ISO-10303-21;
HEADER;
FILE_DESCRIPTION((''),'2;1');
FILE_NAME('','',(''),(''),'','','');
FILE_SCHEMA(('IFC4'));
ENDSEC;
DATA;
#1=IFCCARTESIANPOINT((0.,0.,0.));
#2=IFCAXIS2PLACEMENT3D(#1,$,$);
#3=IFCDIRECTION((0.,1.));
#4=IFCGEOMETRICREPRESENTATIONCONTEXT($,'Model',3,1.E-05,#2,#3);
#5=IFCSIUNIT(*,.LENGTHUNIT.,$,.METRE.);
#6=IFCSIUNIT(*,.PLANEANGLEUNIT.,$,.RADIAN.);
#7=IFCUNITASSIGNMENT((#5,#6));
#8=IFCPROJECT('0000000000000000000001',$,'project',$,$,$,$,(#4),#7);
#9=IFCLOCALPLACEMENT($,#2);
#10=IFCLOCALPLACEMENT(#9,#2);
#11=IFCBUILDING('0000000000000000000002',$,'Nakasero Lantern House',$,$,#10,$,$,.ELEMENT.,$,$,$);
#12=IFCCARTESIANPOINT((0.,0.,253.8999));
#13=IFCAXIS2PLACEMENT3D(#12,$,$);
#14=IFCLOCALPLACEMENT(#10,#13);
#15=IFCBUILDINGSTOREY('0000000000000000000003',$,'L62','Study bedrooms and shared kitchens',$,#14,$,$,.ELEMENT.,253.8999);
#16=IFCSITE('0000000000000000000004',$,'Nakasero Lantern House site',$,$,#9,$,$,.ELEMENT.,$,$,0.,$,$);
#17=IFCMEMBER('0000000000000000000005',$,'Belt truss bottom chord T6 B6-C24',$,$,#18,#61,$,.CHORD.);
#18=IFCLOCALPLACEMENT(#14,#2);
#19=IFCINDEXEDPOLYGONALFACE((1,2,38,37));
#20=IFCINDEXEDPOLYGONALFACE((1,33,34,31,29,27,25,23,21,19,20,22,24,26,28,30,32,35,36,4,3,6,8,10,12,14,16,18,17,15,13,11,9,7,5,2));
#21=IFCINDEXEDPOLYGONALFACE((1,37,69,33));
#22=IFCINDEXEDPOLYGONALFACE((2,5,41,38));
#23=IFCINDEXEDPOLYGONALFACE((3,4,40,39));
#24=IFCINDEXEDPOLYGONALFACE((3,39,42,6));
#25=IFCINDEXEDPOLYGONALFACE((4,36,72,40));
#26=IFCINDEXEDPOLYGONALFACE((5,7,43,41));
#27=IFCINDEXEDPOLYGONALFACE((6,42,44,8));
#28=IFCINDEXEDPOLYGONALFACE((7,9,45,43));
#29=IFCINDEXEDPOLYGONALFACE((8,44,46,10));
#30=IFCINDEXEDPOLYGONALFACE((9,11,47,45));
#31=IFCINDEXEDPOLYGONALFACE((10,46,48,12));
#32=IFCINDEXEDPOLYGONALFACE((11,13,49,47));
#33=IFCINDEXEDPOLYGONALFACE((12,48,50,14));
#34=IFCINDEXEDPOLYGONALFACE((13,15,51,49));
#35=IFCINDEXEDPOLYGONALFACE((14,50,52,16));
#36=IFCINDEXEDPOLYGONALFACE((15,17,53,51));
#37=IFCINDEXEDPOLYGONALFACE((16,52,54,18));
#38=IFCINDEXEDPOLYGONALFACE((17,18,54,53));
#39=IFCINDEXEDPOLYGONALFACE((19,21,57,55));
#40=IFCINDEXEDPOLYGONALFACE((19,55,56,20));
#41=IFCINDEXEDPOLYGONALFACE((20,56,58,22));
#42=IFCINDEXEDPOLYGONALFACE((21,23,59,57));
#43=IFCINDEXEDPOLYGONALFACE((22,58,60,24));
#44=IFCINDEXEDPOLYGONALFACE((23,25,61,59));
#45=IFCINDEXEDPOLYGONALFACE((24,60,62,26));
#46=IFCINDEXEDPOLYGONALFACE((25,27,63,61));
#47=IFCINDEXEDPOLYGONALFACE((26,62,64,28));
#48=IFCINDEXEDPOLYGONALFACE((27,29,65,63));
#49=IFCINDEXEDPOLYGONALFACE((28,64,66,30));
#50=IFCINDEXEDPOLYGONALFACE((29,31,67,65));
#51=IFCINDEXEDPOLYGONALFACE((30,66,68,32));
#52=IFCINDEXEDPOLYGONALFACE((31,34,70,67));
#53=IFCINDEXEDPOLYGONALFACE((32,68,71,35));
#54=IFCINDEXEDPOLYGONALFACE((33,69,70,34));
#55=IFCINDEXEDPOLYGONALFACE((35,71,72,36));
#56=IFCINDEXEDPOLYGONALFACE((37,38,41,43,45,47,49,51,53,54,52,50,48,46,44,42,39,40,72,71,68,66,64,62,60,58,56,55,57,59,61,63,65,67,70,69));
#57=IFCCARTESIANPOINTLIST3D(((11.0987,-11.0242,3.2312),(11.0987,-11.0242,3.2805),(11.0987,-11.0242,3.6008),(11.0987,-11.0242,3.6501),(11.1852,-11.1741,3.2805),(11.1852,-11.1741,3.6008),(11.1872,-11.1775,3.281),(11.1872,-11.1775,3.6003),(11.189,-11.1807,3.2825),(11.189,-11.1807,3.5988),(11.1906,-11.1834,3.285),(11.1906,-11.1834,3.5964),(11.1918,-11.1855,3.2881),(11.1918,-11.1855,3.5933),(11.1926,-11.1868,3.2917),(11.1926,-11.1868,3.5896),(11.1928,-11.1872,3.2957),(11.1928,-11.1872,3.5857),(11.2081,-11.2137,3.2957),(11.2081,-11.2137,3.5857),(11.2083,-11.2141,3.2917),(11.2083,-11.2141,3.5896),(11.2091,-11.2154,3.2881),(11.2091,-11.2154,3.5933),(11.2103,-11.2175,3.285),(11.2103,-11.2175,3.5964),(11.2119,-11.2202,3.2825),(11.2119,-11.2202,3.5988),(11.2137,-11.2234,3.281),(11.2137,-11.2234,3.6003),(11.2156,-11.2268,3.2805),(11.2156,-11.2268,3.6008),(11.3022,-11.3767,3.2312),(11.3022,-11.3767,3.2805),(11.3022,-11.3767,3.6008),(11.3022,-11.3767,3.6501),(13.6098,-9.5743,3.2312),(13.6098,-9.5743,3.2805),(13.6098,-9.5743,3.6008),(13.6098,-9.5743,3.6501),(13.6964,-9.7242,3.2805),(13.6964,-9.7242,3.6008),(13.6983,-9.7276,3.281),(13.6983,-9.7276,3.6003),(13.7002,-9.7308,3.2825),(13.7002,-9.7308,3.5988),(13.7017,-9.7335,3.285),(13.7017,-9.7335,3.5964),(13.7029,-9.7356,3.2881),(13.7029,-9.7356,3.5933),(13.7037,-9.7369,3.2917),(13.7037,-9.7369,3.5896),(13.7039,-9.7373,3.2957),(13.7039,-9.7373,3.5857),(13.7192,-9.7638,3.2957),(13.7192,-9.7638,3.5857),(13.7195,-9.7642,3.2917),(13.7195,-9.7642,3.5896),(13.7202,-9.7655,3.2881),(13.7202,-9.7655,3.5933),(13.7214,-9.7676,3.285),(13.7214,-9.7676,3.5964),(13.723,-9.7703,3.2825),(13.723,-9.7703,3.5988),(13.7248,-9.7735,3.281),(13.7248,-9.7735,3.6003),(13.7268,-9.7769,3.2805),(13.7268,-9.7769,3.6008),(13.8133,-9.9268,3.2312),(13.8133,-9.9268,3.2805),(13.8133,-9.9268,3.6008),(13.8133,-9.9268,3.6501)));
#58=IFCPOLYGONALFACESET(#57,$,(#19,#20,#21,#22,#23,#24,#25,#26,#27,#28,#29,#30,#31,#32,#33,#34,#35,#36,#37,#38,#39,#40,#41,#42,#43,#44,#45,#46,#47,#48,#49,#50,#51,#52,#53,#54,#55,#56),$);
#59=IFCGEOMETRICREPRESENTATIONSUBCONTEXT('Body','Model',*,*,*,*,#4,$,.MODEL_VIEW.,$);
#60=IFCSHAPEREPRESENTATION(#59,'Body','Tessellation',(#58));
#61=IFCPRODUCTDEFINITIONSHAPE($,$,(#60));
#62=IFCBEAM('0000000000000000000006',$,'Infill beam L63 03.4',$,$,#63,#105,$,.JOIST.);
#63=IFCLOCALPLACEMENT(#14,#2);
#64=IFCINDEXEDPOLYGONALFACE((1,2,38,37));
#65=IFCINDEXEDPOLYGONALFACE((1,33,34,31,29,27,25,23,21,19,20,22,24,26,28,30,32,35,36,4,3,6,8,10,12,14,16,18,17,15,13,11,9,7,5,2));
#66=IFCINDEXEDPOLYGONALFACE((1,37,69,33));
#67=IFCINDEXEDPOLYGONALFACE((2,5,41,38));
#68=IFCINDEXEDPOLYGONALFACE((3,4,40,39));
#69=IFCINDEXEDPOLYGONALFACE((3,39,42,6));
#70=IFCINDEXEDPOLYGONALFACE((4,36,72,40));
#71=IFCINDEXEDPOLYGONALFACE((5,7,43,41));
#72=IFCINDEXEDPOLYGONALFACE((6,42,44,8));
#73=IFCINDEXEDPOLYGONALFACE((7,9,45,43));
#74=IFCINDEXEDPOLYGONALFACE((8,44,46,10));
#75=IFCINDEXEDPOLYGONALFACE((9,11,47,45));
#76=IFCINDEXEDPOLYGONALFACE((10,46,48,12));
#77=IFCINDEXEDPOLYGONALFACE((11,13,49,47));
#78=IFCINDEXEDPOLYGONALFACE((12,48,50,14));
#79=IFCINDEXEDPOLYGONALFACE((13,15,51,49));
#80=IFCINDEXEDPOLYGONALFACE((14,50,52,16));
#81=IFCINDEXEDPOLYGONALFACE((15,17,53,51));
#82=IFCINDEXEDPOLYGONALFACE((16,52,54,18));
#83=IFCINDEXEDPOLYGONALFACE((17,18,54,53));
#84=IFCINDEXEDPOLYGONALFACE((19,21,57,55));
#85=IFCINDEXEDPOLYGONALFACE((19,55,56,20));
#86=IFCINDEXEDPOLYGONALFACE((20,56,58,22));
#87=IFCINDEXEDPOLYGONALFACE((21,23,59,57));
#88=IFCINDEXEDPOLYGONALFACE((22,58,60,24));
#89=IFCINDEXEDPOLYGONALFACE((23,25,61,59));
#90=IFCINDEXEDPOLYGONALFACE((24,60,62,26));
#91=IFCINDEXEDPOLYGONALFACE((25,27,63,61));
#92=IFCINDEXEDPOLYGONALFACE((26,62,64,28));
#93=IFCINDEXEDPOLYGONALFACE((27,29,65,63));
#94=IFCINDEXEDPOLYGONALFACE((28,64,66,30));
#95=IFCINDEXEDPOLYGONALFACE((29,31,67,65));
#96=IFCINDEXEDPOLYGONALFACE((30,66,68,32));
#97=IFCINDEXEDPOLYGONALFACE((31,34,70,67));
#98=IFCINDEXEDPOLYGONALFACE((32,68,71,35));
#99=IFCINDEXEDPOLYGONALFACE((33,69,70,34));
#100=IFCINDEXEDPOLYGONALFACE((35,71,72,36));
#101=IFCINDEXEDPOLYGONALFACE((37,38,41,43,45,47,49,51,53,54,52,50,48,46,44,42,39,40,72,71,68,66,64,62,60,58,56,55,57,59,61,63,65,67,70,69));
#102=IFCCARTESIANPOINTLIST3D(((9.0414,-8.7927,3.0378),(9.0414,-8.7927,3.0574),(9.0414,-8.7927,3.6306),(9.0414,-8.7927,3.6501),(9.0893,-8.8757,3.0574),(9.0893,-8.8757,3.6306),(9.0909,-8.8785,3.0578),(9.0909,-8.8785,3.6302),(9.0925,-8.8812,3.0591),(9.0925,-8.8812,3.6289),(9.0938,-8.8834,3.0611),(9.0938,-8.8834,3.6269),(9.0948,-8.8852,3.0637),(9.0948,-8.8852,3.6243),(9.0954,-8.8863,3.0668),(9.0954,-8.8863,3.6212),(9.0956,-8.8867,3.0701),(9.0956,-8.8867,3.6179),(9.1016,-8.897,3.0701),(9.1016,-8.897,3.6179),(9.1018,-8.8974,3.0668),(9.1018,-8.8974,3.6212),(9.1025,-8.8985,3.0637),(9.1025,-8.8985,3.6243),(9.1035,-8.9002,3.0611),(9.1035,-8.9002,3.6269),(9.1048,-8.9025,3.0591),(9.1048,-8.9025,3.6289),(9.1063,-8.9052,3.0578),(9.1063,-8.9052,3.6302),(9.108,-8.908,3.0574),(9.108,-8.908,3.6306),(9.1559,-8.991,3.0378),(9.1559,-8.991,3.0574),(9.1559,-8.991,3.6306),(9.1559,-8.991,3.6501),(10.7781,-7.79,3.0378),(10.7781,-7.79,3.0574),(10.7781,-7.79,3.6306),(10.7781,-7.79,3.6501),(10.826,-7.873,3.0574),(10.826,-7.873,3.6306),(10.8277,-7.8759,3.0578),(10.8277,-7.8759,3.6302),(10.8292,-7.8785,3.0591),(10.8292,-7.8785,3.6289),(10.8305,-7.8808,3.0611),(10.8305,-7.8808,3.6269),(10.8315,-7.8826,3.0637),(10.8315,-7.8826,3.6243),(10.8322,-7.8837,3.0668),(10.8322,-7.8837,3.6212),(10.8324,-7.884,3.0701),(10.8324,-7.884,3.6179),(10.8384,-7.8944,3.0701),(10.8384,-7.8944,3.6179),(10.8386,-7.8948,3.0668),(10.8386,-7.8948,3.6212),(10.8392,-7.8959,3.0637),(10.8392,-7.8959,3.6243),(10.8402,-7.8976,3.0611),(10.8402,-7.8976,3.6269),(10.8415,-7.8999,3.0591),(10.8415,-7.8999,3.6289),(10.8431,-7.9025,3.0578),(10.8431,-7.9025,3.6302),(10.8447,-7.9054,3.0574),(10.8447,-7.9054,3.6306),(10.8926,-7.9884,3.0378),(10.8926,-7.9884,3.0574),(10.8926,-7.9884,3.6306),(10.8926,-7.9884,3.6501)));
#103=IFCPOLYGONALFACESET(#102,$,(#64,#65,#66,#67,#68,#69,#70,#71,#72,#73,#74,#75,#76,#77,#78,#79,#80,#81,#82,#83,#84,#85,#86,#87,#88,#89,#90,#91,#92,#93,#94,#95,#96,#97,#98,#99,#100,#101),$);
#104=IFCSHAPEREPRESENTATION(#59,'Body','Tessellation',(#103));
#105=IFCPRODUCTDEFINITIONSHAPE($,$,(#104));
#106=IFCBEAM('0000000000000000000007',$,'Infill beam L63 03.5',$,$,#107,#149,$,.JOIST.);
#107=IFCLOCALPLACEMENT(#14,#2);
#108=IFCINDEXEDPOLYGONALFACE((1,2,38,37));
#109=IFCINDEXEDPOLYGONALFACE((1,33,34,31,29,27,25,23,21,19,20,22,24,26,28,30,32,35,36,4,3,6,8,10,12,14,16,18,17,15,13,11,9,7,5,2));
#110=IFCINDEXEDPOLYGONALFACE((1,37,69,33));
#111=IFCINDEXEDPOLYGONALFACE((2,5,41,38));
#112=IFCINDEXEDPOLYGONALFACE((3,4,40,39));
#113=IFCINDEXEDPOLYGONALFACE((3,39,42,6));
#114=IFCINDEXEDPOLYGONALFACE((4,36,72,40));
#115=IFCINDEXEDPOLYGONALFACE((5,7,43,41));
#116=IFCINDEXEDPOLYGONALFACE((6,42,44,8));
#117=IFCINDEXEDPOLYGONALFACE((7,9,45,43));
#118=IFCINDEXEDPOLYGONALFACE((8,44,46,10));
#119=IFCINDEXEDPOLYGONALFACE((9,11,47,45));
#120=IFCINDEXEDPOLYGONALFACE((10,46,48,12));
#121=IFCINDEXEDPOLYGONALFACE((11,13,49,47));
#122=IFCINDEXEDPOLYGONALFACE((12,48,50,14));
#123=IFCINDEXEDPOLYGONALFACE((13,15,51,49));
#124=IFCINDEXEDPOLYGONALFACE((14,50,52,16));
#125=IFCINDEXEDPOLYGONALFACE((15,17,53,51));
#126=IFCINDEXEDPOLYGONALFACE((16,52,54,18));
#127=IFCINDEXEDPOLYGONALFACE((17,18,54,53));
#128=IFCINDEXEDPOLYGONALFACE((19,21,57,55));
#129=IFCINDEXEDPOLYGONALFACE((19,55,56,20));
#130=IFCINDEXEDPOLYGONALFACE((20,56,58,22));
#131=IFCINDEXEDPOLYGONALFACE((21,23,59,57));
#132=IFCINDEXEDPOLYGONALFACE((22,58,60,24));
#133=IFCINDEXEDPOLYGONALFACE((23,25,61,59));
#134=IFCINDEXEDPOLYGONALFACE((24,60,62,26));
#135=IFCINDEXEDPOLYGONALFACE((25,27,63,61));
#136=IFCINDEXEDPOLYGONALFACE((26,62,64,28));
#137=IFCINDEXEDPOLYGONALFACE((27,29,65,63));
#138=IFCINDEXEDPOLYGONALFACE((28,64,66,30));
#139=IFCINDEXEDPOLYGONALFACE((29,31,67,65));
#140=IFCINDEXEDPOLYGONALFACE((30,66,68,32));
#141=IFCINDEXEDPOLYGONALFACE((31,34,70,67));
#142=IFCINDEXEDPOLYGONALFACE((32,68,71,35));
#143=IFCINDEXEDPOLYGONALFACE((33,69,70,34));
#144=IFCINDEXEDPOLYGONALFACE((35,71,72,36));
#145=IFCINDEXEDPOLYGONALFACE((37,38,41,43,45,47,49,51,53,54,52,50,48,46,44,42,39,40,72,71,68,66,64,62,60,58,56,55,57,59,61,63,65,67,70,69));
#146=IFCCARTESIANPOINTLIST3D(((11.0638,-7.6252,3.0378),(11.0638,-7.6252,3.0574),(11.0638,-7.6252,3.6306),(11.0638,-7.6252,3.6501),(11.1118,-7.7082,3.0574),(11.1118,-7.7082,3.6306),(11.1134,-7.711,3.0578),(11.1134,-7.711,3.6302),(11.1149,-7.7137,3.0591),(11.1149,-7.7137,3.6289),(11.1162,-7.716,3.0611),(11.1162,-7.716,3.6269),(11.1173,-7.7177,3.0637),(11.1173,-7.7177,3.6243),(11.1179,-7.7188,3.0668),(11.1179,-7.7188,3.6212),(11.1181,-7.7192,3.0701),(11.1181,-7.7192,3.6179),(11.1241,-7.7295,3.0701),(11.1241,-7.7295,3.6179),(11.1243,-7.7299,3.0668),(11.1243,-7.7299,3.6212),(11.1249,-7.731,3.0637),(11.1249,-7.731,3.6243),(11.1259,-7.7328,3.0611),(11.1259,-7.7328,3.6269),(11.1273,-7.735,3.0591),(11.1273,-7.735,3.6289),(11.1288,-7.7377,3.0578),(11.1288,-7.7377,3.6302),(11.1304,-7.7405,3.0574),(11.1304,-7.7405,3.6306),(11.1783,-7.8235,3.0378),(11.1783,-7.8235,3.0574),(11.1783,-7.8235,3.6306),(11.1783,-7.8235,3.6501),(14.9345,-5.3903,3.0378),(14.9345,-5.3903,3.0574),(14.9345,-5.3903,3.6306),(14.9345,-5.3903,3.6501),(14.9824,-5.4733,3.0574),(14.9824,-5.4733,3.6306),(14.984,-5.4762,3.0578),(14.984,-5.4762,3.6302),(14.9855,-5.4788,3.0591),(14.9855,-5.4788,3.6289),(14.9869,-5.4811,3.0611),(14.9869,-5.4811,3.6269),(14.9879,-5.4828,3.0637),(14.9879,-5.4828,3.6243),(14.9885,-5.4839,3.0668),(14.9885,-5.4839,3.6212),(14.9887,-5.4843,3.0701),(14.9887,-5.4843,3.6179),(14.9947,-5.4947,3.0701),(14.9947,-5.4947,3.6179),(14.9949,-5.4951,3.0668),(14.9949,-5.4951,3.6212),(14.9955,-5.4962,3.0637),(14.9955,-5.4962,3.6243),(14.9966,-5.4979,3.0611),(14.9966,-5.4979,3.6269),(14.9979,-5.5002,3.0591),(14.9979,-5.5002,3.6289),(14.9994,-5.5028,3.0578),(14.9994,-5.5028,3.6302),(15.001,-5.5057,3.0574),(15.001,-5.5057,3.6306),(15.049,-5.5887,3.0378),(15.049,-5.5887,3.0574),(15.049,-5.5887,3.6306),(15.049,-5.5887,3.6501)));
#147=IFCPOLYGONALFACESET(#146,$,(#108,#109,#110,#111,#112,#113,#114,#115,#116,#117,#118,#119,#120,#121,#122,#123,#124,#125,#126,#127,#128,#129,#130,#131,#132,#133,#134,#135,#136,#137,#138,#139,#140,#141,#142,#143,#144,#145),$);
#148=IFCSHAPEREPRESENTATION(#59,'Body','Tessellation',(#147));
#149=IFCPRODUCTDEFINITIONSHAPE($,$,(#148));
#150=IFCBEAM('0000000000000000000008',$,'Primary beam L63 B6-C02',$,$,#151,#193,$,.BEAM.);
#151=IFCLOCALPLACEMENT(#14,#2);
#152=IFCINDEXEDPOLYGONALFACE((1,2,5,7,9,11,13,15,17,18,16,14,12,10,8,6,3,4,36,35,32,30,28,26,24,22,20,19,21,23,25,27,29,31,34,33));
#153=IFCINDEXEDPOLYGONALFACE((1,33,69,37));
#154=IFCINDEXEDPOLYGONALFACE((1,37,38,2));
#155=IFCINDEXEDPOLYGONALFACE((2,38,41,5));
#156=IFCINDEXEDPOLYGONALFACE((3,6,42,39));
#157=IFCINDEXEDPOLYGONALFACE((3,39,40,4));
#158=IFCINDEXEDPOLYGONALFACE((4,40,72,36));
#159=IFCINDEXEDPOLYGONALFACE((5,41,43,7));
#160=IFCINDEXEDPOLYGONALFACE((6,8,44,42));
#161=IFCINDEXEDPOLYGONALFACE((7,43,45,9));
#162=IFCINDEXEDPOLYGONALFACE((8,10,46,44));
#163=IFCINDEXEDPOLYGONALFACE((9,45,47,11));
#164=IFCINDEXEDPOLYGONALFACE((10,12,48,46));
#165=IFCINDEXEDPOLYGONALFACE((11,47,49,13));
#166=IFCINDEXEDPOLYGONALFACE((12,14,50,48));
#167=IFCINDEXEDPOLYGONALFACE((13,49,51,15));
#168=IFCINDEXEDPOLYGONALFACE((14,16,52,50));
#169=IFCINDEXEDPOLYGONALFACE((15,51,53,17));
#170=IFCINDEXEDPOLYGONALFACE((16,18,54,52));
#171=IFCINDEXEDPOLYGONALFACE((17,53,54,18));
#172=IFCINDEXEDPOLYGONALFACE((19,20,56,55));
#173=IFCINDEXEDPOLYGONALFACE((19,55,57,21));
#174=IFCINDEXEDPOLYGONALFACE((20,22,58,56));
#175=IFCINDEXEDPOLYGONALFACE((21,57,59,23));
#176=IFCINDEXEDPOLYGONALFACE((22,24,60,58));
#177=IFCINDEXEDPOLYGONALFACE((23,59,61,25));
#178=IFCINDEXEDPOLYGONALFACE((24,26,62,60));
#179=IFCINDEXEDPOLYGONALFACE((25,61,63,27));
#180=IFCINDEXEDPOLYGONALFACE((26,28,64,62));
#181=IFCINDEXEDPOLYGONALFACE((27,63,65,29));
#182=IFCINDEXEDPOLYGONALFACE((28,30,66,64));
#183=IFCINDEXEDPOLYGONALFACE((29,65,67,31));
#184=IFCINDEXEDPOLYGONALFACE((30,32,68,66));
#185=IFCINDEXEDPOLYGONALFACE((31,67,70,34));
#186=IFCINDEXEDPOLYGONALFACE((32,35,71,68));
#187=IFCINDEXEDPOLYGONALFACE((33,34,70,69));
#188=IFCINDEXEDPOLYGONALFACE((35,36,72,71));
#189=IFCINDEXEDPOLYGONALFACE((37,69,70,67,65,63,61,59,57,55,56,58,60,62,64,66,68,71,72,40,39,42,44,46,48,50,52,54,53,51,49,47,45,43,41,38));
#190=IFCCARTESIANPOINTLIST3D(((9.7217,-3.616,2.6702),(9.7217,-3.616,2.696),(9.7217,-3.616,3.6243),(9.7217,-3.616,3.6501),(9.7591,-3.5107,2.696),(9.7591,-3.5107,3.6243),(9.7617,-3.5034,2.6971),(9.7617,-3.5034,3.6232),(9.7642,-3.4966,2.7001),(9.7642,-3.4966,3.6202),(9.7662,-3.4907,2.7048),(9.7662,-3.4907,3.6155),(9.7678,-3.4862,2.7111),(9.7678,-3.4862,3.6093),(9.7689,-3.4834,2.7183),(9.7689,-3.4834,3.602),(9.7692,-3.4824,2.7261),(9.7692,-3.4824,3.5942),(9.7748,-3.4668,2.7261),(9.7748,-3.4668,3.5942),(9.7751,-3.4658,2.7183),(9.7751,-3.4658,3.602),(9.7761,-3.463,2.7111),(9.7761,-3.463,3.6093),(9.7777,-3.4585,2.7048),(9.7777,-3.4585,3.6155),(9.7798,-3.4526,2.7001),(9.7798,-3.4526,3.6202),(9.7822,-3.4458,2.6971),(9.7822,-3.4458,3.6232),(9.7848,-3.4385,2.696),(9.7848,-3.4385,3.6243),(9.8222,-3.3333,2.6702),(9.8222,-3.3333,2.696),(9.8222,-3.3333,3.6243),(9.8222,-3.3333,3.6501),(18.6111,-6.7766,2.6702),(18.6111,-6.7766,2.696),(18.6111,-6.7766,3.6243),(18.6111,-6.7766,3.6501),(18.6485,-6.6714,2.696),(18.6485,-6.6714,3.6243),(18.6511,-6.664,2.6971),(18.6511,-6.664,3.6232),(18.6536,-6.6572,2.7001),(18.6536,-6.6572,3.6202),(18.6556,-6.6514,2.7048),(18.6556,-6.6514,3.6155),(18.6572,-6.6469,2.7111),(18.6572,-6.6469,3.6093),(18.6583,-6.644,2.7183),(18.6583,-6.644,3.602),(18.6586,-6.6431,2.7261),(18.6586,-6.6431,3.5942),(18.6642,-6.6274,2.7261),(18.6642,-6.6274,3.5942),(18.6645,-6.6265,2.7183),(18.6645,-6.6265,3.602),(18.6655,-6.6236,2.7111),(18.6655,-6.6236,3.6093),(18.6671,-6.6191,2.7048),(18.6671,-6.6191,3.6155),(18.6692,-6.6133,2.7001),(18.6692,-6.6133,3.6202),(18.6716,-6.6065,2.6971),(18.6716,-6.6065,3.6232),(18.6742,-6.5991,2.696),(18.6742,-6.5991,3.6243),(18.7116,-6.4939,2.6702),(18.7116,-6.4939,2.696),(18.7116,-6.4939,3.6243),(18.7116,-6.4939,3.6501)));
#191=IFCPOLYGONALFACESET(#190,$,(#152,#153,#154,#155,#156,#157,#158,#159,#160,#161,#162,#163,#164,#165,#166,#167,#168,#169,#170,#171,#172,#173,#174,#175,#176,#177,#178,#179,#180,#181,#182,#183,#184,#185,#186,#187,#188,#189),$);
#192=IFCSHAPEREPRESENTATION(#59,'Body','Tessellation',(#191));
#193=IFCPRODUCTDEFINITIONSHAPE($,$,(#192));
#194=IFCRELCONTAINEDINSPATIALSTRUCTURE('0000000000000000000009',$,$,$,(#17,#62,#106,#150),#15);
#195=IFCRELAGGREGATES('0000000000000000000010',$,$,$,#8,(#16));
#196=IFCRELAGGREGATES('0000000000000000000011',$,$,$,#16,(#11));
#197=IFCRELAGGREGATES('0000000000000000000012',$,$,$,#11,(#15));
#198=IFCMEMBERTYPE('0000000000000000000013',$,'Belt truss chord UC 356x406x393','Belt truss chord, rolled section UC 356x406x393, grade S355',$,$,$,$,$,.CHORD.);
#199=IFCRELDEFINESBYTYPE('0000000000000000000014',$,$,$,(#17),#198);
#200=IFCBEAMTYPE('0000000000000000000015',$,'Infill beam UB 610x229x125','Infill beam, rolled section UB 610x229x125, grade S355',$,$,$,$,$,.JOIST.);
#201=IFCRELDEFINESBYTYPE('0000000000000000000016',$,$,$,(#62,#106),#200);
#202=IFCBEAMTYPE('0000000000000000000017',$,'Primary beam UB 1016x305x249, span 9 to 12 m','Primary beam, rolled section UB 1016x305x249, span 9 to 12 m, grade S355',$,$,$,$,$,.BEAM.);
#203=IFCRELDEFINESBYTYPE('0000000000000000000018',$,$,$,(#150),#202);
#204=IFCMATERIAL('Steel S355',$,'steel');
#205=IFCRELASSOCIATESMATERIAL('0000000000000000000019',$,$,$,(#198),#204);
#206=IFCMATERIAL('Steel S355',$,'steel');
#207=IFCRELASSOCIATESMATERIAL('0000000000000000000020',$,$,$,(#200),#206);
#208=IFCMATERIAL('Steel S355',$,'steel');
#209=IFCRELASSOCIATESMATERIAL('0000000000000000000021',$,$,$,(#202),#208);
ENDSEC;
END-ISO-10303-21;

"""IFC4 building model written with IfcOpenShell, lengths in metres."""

from ifc_helpers import new_model, si_unit, direction, frame, origin, origin_2d, place, context, subcontext, project, spatial, i_section, extrude, material, material_profile, profile_set, type_object, element, save


model = new_model("IFC4")

# Units and contexts
model_context = context("Model", 3, precision=1e-05, world=origin(), true_north=direction((0.0, 1.0)))
body_context = subcontext(model_context, "Body", "Model", "MODEL_VIEW")
ifc_project = project(units=[si_unit("LENGTHUNIT", "METRE"), si_unit("PLANEANGLEUNIT", "RADIAN")], contexts=[model_context])

# Site, building, storey
site_placement = place(None, origin())
site = spatial("IfcSite", under=ifc_project, at=site_placement, Name="Nakasero Lantern House site", CompositionType="ELEMENT", RefElevation=0.0)
building_placement = place(site_placement, origin())
building = spatial("IfcBuilding", under=site, at=building_placement, Name="Nakasero Lantern House", CompositionType="ELEMENT")
storey_placement = place(building_placement, frame((0.0, 0.0, 253.8999)))
storey = spatial("IfcBuildingStorey", under=building, at=storey_placement, Name="L62", Description="Study bedrooms and shared kitchens", CompositionType="ELEMENT", Elevation=253.8999)

# Member
ifc_material_1 = material(Name="Steel S355", Category="steel")
ifc_material_profile_1 = material_profile(ifc_material_1, i_section(OverallWidth=0.407, OverallDepth=0.4189, WebThickness=0.0305, FlangeThickness=0.0493, FilletRadius=0.0151, at=origin_2d()), Name="UC 356x406x393")
ifc_profile_set_1 = profile_set([ifc_material_profile_1], Name="Steel S355")
member_type = type_object("IfcMemberType", Name="Belt truss chord UC 356x406x393", Description="Belt truss chord, rolled section UC 356x406x393, grade S355", PredefinedType="CHORD", material=ifc_profile_set_1)
member_1_placement = place(storey_placement, frame((11.2004, -11.2004, 3.4407), z_axis=(0.866012, 0.500024, 0.0), x_axis=(-0.500024, 0.866012, 0.0)))
element("IfcMember", 1, at=member_1_placement, inside=storey, type_object=member_type, Name="Belt truss bottom chord T6 B6-C24", PredefinedType="CHORD", context=body_context, shape_type="SweptSolid", body=[
    extrude(i_section(OverallWidth=0.407, OverallDepth=0.4189, WebThickness=0.0305, FlangeThickness=0.0493, FilletRadius=0.0151, at=origin_2d()), origin(), (0.0, 0.0, 1.0), 2.8997),
])

# Beams
ifc_material_2 = material(Name="Steel S355", Category="steel")
ifc_material_profile_2 = material_profile(ifc_material_2, i_section(OverallWidth=0.229, OverallDepth=0.6123, WebThickness=0.012, FlangeThickness=0.0195, FilletRadius=0.0127, at=origin_2d()), Name="UB 610x229x125")
ifc_profile_set_2 = profile_set([ifc_material_profile_2], Name="Steel S355")
beam_type_1 = type_object("IfcBeamType", Name="Infill beam UB 610x229x125", Description="Infill beam, rolled section UB 610x229x125, grade S355", PredefinedType="JOIST", material=ifc_profile_set_2)
beam_1_placement = place(storey_placement, frame((9.0986, -8.8918, 3.344), z_axis=(0.86604, 0.499975, 0.0), x_axis=(-0.499975, 0.86604, 0.0)))
element("IfcBeam", 2, at=beam_1_placement, inside=storey, type_object=beam_type_1, Name="Infill beam L63 03.4", PredefinedType="JOIST", context=body_context, shape_type="SweptSolid", body=[
    extrude(i_section(OverallWidth=0.229, OverallDepth=0.6123, WebThickness=0.012, FlangeThickness=0.0195, FilletRadius=0.0127, at=origin_2d()), origin(), (0.0, 0.0, 1.0), 2.0054),
])
beam_2_placement = place(storey_placement, frame((11.1211, -7.7244, 3.344), z_axis=(0.866009, 0.500028, 0.0), x_axis=(-0.500028, 0.866009, 0.0)))
element("IfcBeam", 3, at=beam_2_placement, inside=storey, type_object=beam_type_1, Name="Infill beam L63 03.5", PredefinedType="JOIST", context=body_context, shape_type="SweptSolid", body=[
    extrude(i_section(OverallWidth=0.229, OverallDepth=0.6123, WebThickness=0.012, FlangeThickness=0.0195, FilletRadius=0.0127, at=origin_2d()), origin(), (0.0, 0.0, 1.0), 4.4695),
])
ifc_material_3 = material(Name="Steel S355", Category="steel")
ifc_material_profile_3 = material_profile(ifc_material_3, i_section(OverallWidth=0.3, OverallDepth=0.98, WebThickness=0.0166, FlangeThickness=0.0259, FilletRadius=0.03, at=origin_2d()), Name="UB 1016x305x249")
ifc_profile_set_3 = profile_set([ifc_material_profile_3], Name="Steel S355")
beam_type_2 = type_object("IfcBeamType", Name="Primary beam UB 1016x305x249, span 9 to 12 m", Description="Primary beam, rolled section UB 1016x305x249, span 9 to 12 m, grade S355", PredefinedType="BEAM", material=ifc_profile_set_3)
beam_3_placement = place(storey_placement, frame((18.6614, -6.6353, 3.1602), z_axis=(-0.942216, 0.335007, 0.0), x_axis=(-0.335007, -0.942216, 0.0)))
element("IfcBeam", 4, at=beam_3_placement, inside=storey, type_object=beam_type_2, Name="Primary beam L63 B6-C02", PredefinedType="BEAM", context=body_context, shape_type="SweptSolid", body=[
    extrude(i_section(OverallWidth=0.3, OverallDepth=0.98, WebThickness=0.0166, FlangeThickness=0.0259, FilletRadius=0.03, at=origin_2d()), origin(), (0.0, 0.0, 1.0), 9.4346),
])

save(model, "model.ifc")
